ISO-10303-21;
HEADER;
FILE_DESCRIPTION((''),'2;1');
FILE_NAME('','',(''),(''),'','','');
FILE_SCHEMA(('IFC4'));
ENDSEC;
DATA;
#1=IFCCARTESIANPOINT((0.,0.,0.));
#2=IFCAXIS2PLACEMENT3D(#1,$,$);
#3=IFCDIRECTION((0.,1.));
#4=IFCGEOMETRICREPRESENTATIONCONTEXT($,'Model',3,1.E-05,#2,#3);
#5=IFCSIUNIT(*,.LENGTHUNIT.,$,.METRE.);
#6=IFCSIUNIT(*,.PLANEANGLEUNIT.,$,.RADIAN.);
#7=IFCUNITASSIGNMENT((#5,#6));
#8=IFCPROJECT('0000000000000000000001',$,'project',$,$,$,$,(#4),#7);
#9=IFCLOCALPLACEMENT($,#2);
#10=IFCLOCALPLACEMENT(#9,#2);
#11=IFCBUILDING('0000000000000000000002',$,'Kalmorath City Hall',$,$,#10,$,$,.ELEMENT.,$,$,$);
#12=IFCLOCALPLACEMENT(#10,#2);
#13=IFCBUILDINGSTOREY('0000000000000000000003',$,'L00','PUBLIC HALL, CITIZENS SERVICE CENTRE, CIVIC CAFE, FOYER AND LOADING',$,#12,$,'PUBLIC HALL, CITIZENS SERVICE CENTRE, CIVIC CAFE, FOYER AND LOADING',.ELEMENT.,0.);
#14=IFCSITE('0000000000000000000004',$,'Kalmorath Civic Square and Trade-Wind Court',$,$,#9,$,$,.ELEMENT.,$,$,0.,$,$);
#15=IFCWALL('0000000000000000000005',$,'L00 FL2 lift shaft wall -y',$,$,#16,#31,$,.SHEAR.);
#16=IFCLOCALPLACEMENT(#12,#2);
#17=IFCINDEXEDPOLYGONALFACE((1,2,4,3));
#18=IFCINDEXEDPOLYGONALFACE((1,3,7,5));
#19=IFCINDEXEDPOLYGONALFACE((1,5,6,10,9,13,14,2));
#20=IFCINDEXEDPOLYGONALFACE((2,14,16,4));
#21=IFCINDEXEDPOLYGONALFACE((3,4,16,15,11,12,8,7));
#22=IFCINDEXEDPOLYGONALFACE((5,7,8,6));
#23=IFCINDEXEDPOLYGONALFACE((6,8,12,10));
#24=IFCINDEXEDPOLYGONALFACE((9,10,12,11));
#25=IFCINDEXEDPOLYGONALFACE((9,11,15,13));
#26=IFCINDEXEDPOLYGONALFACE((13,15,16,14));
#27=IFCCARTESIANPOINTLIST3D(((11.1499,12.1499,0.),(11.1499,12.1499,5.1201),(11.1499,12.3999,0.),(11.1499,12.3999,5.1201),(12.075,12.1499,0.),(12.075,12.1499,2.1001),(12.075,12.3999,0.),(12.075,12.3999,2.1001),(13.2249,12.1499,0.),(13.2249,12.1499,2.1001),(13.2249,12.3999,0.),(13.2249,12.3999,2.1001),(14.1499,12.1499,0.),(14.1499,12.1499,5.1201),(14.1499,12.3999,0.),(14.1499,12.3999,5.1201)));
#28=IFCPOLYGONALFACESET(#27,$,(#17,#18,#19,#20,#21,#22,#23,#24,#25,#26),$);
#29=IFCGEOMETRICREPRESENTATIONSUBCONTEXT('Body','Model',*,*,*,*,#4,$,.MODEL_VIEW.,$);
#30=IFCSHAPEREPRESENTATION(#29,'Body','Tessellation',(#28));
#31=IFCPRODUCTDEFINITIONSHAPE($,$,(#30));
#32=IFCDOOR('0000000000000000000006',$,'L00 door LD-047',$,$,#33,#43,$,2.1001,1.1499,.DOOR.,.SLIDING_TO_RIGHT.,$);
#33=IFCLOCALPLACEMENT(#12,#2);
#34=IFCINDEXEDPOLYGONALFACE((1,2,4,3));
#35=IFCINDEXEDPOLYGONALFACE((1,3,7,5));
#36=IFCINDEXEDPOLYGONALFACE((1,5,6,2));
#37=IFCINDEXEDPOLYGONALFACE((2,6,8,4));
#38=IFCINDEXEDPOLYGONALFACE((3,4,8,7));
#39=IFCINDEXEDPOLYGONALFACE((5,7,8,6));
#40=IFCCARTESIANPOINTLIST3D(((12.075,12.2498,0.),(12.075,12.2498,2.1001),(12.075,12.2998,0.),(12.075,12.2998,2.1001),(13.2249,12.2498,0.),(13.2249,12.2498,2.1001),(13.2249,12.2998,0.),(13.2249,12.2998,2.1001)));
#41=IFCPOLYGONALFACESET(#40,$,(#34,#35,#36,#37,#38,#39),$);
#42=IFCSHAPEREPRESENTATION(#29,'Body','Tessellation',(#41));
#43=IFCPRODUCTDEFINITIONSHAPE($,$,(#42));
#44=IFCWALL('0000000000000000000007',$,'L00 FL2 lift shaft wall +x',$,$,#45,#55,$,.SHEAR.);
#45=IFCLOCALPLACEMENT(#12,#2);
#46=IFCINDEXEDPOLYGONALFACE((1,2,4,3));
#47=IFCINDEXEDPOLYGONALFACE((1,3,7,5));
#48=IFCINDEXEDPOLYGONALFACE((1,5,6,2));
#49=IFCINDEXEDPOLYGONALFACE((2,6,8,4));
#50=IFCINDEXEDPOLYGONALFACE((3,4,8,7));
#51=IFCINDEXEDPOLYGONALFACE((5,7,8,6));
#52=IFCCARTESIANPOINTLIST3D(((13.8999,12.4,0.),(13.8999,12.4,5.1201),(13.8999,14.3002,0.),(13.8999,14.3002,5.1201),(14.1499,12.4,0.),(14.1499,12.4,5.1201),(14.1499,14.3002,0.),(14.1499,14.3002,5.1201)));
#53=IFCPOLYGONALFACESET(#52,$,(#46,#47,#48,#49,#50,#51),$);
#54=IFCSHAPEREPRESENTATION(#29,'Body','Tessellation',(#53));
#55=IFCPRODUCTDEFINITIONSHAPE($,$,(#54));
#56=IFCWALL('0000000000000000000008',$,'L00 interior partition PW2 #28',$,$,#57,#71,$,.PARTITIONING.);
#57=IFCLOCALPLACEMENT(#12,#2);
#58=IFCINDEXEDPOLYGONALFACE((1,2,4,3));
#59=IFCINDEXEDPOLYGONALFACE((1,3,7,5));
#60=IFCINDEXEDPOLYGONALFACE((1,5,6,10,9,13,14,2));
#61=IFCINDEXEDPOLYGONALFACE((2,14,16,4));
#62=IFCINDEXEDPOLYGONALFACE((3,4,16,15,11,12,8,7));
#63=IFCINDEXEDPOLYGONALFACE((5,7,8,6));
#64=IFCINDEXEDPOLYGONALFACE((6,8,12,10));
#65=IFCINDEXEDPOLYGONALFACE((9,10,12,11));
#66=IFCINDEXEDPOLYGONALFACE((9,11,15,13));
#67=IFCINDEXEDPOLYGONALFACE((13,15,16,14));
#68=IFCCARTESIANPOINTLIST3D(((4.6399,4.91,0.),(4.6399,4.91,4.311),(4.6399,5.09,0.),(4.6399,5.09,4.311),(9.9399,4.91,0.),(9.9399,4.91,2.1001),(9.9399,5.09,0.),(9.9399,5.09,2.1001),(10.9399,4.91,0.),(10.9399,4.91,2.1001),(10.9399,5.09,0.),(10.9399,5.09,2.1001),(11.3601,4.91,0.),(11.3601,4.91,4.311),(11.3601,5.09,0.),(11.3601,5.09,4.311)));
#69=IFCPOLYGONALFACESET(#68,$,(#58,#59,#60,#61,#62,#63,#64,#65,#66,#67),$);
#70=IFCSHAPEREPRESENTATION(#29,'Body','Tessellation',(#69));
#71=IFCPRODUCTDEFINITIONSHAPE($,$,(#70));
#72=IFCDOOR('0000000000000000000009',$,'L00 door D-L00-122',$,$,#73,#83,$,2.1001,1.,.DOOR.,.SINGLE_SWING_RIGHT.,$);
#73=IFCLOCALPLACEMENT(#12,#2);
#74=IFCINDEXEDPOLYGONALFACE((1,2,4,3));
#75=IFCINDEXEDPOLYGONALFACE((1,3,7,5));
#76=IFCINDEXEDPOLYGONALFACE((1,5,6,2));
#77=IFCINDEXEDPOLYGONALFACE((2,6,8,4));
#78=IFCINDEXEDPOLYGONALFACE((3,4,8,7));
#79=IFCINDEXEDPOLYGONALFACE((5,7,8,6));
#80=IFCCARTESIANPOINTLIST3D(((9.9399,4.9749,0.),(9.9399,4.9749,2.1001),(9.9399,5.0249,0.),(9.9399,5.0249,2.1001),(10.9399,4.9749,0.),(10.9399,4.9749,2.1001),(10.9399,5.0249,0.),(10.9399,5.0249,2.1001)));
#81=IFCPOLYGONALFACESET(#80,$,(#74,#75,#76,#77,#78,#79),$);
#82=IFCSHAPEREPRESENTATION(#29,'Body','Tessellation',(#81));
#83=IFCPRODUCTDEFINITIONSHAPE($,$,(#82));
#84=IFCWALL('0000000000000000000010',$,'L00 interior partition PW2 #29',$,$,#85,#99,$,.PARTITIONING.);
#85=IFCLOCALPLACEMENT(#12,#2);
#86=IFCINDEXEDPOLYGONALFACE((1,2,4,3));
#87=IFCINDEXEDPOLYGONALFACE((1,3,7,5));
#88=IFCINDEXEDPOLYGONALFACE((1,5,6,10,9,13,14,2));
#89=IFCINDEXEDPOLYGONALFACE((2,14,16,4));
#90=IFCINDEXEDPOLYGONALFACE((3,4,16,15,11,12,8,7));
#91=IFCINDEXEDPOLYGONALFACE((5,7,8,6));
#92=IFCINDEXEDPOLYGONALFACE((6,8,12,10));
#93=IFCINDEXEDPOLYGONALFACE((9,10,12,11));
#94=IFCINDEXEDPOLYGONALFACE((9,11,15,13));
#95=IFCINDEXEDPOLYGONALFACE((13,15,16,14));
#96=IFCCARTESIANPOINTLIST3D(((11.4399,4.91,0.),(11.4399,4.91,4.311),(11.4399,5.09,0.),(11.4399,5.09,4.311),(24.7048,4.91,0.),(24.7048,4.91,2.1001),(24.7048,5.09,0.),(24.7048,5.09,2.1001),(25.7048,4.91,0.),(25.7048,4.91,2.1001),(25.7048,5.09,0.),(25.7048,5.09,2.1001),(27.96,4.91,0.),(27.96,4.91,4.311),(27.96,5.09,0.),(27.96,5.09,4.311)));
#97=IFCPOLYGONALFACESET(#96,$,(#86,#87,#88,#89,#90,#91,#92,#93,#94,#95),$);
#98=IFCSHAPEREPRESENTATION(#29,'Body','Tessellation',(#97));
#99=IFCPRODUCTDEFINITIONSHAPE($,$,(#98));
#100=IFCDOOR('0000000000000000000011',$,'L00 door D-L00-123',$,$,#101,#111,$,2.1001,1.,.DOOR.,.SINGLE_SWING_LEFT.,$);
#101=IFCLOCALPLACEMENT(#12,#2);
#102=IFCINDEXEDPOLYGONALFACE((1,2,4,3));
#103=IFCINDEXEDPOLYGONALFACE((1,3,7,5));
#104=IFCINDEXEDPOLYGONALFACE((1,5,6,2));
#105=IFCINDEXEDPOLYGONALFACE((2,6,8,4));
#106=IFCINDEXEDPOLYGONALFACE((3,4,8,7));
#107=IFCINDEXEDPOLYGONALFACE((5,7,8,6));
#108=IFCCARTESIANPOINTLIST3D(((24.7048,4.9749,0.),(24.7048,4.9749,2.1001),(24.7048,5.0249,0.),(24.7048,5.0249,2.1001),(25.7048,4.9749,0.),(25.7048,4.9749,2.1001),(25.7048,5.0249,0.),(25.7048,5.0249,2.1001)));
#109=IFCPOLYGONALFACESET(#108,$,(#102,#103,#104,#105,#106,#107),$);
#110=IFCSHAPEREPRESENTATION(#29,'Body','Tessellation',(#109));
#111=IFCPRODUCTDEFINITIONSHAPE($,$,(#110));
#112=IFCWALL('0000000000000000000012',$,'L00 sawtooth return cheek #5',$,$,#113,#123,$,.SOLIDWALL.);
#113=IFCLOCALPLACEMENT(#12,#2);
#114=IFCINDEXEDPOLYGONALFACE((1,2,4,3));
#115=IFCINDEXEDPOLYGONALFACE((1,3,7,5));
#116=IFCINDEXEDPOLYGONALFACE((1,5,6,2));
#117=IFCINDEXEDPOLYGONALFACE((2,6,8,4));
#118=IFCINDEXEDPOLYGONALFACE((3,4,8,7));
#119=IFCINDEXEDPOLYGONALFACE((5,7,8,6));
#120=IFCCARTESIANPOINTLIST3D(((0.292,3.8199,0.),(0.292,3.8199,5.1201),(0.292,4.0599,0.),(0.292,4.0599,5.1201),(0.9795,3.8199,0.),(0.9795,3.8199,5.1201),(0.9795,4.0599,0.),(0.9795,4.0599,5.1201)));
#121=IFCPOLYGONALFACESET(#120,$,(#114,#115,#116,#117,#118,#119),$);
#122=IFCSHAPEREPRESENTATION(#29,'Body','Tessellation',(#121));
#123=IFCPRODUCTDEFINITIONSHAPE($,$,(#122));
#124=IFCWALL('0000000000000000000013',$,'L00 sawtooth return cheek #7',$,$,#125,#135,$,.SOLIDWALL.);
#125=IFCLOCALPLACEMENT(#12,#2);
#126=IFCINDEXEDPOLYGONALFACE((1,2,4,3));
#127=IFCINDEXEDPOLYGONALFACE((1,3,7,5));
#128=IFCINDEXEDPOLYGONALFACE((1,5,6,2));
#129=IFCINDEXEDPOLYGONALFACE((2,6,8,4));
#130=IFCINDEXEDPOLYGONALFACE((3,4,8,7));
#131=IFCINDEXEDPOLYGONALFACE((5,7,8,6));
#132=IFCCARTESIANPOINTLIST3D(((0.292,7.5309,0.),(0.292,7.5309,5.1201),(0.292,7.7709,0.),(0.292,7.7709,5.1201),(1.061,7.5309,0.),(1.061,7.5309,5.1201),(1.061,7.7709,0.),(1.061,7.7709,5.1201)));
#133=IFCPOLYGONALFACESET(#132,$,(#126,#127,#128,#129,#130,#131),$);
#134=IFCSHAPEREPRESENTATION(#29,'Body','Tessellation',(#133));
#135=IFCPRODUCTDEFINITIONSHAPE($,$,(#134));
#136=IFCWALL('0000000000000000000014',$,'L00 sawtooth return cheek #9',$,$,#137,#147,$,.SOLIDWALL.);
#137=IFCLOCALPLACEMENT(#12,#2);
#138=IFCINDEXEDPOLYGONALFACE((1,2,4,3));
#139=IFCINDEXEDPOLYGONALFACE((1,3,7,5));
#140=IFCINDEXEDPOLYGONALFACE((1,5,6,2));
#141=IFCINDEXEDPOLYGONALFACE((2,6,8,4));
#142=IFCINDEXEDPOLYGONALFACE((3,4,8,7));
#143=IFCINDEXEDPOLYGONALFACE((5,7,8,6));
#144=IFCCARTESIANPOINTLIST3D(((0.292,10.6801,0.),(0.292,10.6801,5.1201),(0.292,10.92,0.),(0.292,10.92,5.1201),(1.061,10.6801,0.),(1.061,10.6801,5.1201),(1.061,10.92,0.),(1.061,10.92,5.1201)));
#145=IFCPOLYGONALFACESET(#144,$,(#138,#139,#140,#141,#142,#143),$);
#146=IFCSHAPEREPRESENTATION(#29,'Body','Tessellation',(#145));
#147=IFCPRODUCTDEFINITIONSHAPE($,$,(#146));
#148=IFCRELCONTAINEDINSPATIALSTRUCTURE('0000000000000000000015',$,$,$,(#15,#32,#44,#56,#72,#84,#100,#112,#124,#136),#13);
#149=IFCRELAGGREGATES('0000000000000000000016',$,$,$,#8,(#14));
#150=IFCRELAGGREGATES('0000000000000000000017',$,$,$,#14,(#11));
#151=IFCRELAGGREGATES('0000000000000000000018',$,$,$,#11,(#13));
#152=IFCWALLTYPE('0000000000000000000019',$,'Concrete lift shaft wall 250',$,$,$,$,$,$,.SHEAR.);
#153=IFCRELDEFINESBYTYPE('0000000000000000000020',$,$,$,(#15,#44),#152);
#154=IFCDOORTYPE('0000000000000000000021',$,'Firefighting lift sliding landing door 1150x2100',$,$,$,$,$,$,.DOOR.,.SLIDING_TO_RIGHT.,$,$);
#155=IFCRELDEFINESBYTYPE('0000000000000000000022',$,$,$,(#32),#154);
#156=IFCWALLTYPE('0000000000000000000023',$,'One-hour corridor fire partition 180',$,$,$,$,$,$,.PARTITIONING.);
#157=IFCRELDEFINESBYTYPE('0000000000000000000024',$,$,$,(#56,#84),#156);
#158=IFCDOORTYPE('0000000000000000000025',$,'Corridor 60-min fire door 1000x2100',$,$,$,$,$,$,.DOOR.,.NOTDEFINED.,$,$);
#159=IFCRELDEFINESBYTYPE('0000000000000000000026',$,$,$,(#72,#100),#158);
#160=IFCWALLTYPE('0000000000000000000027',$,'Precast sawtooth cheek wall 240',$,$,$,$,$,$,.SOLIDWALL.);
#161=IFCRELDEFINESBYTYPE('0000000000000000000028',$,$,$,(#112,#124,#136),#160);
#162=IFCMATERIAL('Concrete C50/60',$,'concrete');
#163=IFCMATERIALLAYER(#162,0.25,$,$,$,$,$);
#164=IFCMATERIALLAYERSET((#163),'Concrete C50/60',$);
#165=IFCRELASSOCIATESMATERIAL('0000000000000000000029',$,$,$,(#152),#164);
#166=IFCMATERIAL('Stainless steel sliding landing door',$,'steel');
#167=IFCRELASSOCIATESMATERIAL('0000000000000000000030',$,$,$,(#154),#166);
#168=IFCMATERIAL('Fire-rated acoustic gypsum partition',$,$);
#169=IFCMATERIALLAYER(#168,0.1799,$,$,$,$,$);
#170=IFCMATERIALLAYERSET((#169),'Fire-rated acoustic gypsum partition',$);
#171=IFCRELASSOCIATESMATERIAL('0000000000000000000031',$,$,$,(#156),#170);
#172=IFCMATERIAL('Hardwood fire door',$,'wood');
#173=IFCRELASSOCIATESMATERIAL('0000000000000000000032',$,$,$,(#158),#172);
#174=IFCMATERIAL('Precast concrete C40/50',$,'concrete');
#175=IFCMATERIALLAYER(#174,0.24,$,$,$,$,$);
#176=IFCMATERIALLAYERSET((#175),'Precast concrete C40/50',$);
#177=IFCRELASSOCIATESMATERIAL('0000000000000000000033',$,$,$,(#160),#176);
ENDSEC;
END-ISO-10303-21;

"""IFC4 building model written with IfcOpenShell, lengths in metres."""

from ifc_helpers import new_model, si_unit, direction, frame, frame_2d, origin, place, context, subcontext, project, spatial, rectangle, extrude, material, layer, layer_set, type_object, element, fill, save


model = new_model("IFC4")

# Units and contexts
model_context = context("Model", 3, precision=1e-05, world=origin(), true_north=direction((0.0, 1.0)))
body_context = subcontext(model_context, "Body", "Model", "MODEL_VIEW")
ifc_project = project(units=[si_unit("LENGTHUNIT", "METRE"), si_unit("PLANEANGLEUNIT", "RADIAN")], contexts=[model_context])

# Site, building, storey
site_placement = place(None, origin())
site = spatial("IfcSite", under=ifc_project, at=site_placement, Name="Kalmorath Civic Square and Trade-Wind Court", CompositionType="ELEMENT", RefElevation=0.0)
building_placement = place(site_placement, origin())
building = spatial("IfcBuilding", under=site, at=building_placement, Name="Kalmorath City Hall", CompositionType="ELEMENT")
storey_placement = place(building_placement, origin())
storey = spatial("IfcBuildingStorey", under=building, at=storey_placement, Name="L00", Description="PUBLIC HALL, CITIZENS SERVICE CENTRE, CIVIC CAFE, FOYER AND LOADING", LongName="PUBLIC HALL, CITIZENS SERVICE CENTRE, CIVIC CAFE, FOYER AND LOADING", CompositionType="ELEMENT", Elevation=0.0)

# Wall, opening, door
ifc_material_1 = material(Name="Concrete C50/60", Category="concrete")
ifc_layer_1 = layer(ifc_material_1, 0.25)
ifc_layer_set_1 = layer_set([ifc_layer_1], Name="Concrete C50/60")
wall_type_1 = type_object("IfcWallType", Name="Concrete lift shaft wall 250", PredefinedType="SHEAR", material=ifc_layer_set_1)
wall_1_placement = place(storey_placement, frame((11.1499, 12.2749, 0.0), z_axis=(0.0, 0.0, 1.0), x_axis=(1.0, 0.0, 0.0)))
wall_1 = element("IfcWall", 1, at=wall_1_placement, inside=storey, type_object=wall_type_1, Name="L00 FL2 lift shaft wall -y", PredefinedType="SHEAR", context=body_context, shape_type="SweptSolid", body=[
    extrude(rectangle(XDim=3.0, YDim=0.25, at=frame_2d((1.5, 0.0))), origin(), (0.0, 0.0, 1.0), 5.1201),
])
opening_1_placement = place(wall_1_placement, frame((0.925, 0.0, 0.0)))
opening_1 = element("IfcOpeningElement", 2, at=opening_1_placement, cuts=wall_1, PredefinedType="OPENING", context=body_context, shape_type="SweptSolid", body=[
    extrude(rectangle(XDim=1.1499, YDim=2.1001, at=frame_2d((0.575, 1.05))), frame((0.0, 0.135, 0.0), z_axis=(0.0, -1.0, 0.0), x_axis=(1.0, 0.0, 0.0)), (0.0, 0.0, 1.0), 0.27),
])
ifc_material_2 = material(Name="Stainless steel sliding landing door", Category="steel")
door_type_1 = type_object("IfcDoorType", Name="Firefighting lift sliding landing door 1150x2100", OperationType="SLIDING_TO_RIGHT", PredefinedType="DOOR", material=ifc_material_2)
door_1_placement = place(opening_1_placement, origin())
door_1 = element("IfcDoor", 3, at=door_1_placement, inside=storey, type_object=door_type_1, Name="L00 door LD-047", OperationType="SLIDING_TO_RIGHT", OverallHeight=2.1001, OverallWidth=1.1499, PredefinedType="DOOR", context=body_context, shape_type="SweptSolid", body=[
    extrude(rectangle(XDim=1.1499, YDim=2.1001, at=frame_2d((0.575, 1.05))), frame((0.0, 0.0249, 0.0), z_axis=(0.0, -1.0, 0.0), x_axis=(1.0, 0.0, 0.0)), (0.0, 0.0, 1.0), 0.05),
])
fill(opening_1, door_1)

# Wall
wall_2_placement = place(storey_placement, frame((14.0249, 12.3999, 0.0), z_axis=(0.0, 0.0, 1.0), x_axis=(0.0, 1.0, 0.0)))
element("IfcWall", 4, at=wall_2_placement, inside=storey, type_object=wall_type_1, Name="L00 FL2 lift shaft wall +x", PredefinedType="SHEAR", context=body_context, shape_type="SweptSolid", body=[
    extrude(rectangle(XDim=1.9001, YDim=0.25, at=frame_2d((0.9502, 0.0))), origin(), (0.0, 0.0, 1.0), 5.1201),
])

# Walls, openings, doors
ifc_material_3 = material(Name="Fire-rated acoustic gypsum partition")
ifc_layer_2 = layer(ifc_material_3, 0.1799)
ifc_layer_set_2 = layer_set([ifc_layer_2], Name="Fire-rated acoustic gypsum partition")
wall_type_2 = type_object("IfcWallType", Name="One-hour corridor fire partition 180", PredefinedType="PARTITIONING", material=ifc_layer_set_2)
wall_3_placement = place(storey_placement, frame((4.6399, 5.0, 0.0), z_axis=(0.0, 0.0, 1.0), x_axis=(1.0, 0.0, 0.0)))
wall_3 = element("IfcWall", 5, at=wall_3_placement, inside=storey, type_object=wall_type_2, Name="L00 interior partition PW2 #28", PredefinedType="PARTITIONING", context=body_context, shape_type="SweptSolid", body=[
    extrude(rectangle(XDim=6.7202, YDim=0.1799, at=frame_2d((3.3601, 0.0))), origin(), (0.0, 0.0, 1.0), 4.311),
])
opening_2_placement = place(wall_3_placement, frame((5.3, 0.0, 0.0)))
opening_2 = element("IfcOpeningElement", 6, at=opening_2_placement, cuts=wall_3, PredefinedType="OPENING", context=body_context, shape_type="SweptSolid", body=[
    extrude(rectangle(XDim=1.0, YDim=2.1001, at=frame_2d((0.5, 1.05))), frame((0.0, 0.0999, 0.0), z_axis=(0.0, -1.0, 0.0), x_axis=(1.0, 0.0, 0.0)), (0.0, 0.0, 1.0), 0.2),
])
ifc_material_4 = material(Name="Hardwood fire door", Category="wood")
door_type_2 = type_object("IfcDoorType", Name="Corridor 60-min fire door 1000x2100", OperationType="NOTDEFINED", PredefinedType="DOOR", material=ifc_material_4)
door_2_placement = place(opening_2_placement, origin())
door_2 = element("IfcDoor", 7, at=door_2_placement, inside=storey, type_object=door_type_2, Name="L00 door D-L00-122", OperationType="SINGLE_SWING_RIGHT", OverallHeight=2.1001, OverallWidth=1.0, PredefinedType="DOOR", context=body_context, shape_type="SweptSolid", body=[
    extrude(rectangle(XDim=1.0, YDim=2.1001, at=frame_2d((0.5, 1.05))), frame((0.0, 0.0249, 0.0), z_axis=(0.0, -1.0, 0.0), x_axis=(1.0, 0.0, 0.0)), (0.0, 0.0, 1.0), 0.05),
])
fill(opening_2, door_2)
wall_4_placement = place(storey_placement, frame((11.4399, 5.0, 0.0), z_axis=(0.0, 0.0, 1.0), x_axis=(1.0, 0.0, 0.0)))
wall_4 = element("IfcWall", 8, at=wall_4_placement, inside=storey, type_object=wall_type_2, Name="L00 interior partition PW2 #29", PredefinedType="PARTITIONING", context=body_context, shape_type="SweptSolid", body=[
    extrude(rectangle(XDim=16.52, YDim=0.1799, at=frame_2d((8.26, 0.0))), origin(), (0.0, 0.0, 1.0), 4.311),
])
opening_3_placement = place(wall_4_placement, frame((13.2649, 0.0, 0.0)))
opening_3 = element("IfcOpeningElement", 9, at=opening_3_placement, cuts=wall_4, PredefinedType="OPENING", context=body_context, shape_type="SweptSolid", body=[
    extrude(rectangle(XDim=1.0, YDim=2.1001, at=frame_2d((0.5, 1.05))), frame((0.0, 0.0999, 0.0), z_axis=(0.0, -1.0, 0.0), x_axis=(1.0, 0.0, 0.0)), (0.0, 0.0, 1.0), 0.2),
])
door_3_placement = place(opening_3_placement, origin())
door_3 = element("IfcDoor", 10, at=door_3_placement, inside=storey, type_object=door_type_2, Name="L00 door D-L00-123", OperationType="SINGLE_SWING_LEFT", OverallHeight=2.1001, OverallWidth=1.0, PredefinedType="DOOR", context=body_context, shape_type="SweptSolid", body=[
    extrude(rectangle(XDim=1.0, YDim=2.1001, at=frame_2d((0.5, 1.05))), frame((0.0, 0.0249, 0.0), z_axis=(0.0, -1.0, 0.0), x_axis=(1.0, 0.0, 0.0)), (0.0, 0.0, 1.0), 0.05),
])
fill(opening_3, door_3)

# Walls
ifc_material_5 = material(Name="Precast concrete C40/50", Category="concrete")
ifc_layer_3 = layer(ifc_material_5, 0.24)
ifc_layer_set_3 = layer_set([ifc_layer_3], Name="Precast concrete C40/50")
wall_type_3 = type_object("IfcWallType", Name="Precast sawtooth cheek wall 240", PredefinedType="SOLIDWALL", material=ifc_layer_set_3)
wall_5_placement = place(storey_placement, frame((0.9795, 3.9399, 0.0), z_axis=(0.0, 0.0, 1.0), x_axis=(-1.0, 0.0, 0.0)))
element("IfcWall", 11, at=wall_5_placement, inside=storey, type_object=wall_type_3, Name="L00 sawtooth return cheek #5", PredefinedType="SOLIDWALL", context=body_context, shape_type="SweptSolid", body=[
    extrude(rectangle(XDim=0.6875, YDim=0.24, at=frame_2d((0.3438, 0.0))), origin(), (0.0, 0.0, 1.0), 5.1201),
])
for number, where, z_axis, x_axis, name in (
    (12, (1.061, 7.6509, 0.0), (0.0, 0.0, 1.0), (-1.0, 0.0, 0.0), "L00 sawtooth return cheek #7"),
    (13, (1.061, 10.8, 0.0), (0.0, 0.0, 1.0), (-1.0, 0.0, 0.0), "L00 sawtooth return cheek #9"),
):
    element("IfcWall", number, at=place(storey_placement, frame(where, z_axis=z_axis, x_axis=x_axis)), inside=storey, type_object=wall_type_3, Name=name, PredefinedType="SOLIDWALL", context=body_context, shape_type="SweptSolid", body=[
        extrude(rectangle(XDim=0.769, YDim=0.24, at=frame_2d((0.3845, 0.0))), origin(), (0.0, 0.0, 1.0), 5.1201),
    ])

save(model, "model.ifc")
